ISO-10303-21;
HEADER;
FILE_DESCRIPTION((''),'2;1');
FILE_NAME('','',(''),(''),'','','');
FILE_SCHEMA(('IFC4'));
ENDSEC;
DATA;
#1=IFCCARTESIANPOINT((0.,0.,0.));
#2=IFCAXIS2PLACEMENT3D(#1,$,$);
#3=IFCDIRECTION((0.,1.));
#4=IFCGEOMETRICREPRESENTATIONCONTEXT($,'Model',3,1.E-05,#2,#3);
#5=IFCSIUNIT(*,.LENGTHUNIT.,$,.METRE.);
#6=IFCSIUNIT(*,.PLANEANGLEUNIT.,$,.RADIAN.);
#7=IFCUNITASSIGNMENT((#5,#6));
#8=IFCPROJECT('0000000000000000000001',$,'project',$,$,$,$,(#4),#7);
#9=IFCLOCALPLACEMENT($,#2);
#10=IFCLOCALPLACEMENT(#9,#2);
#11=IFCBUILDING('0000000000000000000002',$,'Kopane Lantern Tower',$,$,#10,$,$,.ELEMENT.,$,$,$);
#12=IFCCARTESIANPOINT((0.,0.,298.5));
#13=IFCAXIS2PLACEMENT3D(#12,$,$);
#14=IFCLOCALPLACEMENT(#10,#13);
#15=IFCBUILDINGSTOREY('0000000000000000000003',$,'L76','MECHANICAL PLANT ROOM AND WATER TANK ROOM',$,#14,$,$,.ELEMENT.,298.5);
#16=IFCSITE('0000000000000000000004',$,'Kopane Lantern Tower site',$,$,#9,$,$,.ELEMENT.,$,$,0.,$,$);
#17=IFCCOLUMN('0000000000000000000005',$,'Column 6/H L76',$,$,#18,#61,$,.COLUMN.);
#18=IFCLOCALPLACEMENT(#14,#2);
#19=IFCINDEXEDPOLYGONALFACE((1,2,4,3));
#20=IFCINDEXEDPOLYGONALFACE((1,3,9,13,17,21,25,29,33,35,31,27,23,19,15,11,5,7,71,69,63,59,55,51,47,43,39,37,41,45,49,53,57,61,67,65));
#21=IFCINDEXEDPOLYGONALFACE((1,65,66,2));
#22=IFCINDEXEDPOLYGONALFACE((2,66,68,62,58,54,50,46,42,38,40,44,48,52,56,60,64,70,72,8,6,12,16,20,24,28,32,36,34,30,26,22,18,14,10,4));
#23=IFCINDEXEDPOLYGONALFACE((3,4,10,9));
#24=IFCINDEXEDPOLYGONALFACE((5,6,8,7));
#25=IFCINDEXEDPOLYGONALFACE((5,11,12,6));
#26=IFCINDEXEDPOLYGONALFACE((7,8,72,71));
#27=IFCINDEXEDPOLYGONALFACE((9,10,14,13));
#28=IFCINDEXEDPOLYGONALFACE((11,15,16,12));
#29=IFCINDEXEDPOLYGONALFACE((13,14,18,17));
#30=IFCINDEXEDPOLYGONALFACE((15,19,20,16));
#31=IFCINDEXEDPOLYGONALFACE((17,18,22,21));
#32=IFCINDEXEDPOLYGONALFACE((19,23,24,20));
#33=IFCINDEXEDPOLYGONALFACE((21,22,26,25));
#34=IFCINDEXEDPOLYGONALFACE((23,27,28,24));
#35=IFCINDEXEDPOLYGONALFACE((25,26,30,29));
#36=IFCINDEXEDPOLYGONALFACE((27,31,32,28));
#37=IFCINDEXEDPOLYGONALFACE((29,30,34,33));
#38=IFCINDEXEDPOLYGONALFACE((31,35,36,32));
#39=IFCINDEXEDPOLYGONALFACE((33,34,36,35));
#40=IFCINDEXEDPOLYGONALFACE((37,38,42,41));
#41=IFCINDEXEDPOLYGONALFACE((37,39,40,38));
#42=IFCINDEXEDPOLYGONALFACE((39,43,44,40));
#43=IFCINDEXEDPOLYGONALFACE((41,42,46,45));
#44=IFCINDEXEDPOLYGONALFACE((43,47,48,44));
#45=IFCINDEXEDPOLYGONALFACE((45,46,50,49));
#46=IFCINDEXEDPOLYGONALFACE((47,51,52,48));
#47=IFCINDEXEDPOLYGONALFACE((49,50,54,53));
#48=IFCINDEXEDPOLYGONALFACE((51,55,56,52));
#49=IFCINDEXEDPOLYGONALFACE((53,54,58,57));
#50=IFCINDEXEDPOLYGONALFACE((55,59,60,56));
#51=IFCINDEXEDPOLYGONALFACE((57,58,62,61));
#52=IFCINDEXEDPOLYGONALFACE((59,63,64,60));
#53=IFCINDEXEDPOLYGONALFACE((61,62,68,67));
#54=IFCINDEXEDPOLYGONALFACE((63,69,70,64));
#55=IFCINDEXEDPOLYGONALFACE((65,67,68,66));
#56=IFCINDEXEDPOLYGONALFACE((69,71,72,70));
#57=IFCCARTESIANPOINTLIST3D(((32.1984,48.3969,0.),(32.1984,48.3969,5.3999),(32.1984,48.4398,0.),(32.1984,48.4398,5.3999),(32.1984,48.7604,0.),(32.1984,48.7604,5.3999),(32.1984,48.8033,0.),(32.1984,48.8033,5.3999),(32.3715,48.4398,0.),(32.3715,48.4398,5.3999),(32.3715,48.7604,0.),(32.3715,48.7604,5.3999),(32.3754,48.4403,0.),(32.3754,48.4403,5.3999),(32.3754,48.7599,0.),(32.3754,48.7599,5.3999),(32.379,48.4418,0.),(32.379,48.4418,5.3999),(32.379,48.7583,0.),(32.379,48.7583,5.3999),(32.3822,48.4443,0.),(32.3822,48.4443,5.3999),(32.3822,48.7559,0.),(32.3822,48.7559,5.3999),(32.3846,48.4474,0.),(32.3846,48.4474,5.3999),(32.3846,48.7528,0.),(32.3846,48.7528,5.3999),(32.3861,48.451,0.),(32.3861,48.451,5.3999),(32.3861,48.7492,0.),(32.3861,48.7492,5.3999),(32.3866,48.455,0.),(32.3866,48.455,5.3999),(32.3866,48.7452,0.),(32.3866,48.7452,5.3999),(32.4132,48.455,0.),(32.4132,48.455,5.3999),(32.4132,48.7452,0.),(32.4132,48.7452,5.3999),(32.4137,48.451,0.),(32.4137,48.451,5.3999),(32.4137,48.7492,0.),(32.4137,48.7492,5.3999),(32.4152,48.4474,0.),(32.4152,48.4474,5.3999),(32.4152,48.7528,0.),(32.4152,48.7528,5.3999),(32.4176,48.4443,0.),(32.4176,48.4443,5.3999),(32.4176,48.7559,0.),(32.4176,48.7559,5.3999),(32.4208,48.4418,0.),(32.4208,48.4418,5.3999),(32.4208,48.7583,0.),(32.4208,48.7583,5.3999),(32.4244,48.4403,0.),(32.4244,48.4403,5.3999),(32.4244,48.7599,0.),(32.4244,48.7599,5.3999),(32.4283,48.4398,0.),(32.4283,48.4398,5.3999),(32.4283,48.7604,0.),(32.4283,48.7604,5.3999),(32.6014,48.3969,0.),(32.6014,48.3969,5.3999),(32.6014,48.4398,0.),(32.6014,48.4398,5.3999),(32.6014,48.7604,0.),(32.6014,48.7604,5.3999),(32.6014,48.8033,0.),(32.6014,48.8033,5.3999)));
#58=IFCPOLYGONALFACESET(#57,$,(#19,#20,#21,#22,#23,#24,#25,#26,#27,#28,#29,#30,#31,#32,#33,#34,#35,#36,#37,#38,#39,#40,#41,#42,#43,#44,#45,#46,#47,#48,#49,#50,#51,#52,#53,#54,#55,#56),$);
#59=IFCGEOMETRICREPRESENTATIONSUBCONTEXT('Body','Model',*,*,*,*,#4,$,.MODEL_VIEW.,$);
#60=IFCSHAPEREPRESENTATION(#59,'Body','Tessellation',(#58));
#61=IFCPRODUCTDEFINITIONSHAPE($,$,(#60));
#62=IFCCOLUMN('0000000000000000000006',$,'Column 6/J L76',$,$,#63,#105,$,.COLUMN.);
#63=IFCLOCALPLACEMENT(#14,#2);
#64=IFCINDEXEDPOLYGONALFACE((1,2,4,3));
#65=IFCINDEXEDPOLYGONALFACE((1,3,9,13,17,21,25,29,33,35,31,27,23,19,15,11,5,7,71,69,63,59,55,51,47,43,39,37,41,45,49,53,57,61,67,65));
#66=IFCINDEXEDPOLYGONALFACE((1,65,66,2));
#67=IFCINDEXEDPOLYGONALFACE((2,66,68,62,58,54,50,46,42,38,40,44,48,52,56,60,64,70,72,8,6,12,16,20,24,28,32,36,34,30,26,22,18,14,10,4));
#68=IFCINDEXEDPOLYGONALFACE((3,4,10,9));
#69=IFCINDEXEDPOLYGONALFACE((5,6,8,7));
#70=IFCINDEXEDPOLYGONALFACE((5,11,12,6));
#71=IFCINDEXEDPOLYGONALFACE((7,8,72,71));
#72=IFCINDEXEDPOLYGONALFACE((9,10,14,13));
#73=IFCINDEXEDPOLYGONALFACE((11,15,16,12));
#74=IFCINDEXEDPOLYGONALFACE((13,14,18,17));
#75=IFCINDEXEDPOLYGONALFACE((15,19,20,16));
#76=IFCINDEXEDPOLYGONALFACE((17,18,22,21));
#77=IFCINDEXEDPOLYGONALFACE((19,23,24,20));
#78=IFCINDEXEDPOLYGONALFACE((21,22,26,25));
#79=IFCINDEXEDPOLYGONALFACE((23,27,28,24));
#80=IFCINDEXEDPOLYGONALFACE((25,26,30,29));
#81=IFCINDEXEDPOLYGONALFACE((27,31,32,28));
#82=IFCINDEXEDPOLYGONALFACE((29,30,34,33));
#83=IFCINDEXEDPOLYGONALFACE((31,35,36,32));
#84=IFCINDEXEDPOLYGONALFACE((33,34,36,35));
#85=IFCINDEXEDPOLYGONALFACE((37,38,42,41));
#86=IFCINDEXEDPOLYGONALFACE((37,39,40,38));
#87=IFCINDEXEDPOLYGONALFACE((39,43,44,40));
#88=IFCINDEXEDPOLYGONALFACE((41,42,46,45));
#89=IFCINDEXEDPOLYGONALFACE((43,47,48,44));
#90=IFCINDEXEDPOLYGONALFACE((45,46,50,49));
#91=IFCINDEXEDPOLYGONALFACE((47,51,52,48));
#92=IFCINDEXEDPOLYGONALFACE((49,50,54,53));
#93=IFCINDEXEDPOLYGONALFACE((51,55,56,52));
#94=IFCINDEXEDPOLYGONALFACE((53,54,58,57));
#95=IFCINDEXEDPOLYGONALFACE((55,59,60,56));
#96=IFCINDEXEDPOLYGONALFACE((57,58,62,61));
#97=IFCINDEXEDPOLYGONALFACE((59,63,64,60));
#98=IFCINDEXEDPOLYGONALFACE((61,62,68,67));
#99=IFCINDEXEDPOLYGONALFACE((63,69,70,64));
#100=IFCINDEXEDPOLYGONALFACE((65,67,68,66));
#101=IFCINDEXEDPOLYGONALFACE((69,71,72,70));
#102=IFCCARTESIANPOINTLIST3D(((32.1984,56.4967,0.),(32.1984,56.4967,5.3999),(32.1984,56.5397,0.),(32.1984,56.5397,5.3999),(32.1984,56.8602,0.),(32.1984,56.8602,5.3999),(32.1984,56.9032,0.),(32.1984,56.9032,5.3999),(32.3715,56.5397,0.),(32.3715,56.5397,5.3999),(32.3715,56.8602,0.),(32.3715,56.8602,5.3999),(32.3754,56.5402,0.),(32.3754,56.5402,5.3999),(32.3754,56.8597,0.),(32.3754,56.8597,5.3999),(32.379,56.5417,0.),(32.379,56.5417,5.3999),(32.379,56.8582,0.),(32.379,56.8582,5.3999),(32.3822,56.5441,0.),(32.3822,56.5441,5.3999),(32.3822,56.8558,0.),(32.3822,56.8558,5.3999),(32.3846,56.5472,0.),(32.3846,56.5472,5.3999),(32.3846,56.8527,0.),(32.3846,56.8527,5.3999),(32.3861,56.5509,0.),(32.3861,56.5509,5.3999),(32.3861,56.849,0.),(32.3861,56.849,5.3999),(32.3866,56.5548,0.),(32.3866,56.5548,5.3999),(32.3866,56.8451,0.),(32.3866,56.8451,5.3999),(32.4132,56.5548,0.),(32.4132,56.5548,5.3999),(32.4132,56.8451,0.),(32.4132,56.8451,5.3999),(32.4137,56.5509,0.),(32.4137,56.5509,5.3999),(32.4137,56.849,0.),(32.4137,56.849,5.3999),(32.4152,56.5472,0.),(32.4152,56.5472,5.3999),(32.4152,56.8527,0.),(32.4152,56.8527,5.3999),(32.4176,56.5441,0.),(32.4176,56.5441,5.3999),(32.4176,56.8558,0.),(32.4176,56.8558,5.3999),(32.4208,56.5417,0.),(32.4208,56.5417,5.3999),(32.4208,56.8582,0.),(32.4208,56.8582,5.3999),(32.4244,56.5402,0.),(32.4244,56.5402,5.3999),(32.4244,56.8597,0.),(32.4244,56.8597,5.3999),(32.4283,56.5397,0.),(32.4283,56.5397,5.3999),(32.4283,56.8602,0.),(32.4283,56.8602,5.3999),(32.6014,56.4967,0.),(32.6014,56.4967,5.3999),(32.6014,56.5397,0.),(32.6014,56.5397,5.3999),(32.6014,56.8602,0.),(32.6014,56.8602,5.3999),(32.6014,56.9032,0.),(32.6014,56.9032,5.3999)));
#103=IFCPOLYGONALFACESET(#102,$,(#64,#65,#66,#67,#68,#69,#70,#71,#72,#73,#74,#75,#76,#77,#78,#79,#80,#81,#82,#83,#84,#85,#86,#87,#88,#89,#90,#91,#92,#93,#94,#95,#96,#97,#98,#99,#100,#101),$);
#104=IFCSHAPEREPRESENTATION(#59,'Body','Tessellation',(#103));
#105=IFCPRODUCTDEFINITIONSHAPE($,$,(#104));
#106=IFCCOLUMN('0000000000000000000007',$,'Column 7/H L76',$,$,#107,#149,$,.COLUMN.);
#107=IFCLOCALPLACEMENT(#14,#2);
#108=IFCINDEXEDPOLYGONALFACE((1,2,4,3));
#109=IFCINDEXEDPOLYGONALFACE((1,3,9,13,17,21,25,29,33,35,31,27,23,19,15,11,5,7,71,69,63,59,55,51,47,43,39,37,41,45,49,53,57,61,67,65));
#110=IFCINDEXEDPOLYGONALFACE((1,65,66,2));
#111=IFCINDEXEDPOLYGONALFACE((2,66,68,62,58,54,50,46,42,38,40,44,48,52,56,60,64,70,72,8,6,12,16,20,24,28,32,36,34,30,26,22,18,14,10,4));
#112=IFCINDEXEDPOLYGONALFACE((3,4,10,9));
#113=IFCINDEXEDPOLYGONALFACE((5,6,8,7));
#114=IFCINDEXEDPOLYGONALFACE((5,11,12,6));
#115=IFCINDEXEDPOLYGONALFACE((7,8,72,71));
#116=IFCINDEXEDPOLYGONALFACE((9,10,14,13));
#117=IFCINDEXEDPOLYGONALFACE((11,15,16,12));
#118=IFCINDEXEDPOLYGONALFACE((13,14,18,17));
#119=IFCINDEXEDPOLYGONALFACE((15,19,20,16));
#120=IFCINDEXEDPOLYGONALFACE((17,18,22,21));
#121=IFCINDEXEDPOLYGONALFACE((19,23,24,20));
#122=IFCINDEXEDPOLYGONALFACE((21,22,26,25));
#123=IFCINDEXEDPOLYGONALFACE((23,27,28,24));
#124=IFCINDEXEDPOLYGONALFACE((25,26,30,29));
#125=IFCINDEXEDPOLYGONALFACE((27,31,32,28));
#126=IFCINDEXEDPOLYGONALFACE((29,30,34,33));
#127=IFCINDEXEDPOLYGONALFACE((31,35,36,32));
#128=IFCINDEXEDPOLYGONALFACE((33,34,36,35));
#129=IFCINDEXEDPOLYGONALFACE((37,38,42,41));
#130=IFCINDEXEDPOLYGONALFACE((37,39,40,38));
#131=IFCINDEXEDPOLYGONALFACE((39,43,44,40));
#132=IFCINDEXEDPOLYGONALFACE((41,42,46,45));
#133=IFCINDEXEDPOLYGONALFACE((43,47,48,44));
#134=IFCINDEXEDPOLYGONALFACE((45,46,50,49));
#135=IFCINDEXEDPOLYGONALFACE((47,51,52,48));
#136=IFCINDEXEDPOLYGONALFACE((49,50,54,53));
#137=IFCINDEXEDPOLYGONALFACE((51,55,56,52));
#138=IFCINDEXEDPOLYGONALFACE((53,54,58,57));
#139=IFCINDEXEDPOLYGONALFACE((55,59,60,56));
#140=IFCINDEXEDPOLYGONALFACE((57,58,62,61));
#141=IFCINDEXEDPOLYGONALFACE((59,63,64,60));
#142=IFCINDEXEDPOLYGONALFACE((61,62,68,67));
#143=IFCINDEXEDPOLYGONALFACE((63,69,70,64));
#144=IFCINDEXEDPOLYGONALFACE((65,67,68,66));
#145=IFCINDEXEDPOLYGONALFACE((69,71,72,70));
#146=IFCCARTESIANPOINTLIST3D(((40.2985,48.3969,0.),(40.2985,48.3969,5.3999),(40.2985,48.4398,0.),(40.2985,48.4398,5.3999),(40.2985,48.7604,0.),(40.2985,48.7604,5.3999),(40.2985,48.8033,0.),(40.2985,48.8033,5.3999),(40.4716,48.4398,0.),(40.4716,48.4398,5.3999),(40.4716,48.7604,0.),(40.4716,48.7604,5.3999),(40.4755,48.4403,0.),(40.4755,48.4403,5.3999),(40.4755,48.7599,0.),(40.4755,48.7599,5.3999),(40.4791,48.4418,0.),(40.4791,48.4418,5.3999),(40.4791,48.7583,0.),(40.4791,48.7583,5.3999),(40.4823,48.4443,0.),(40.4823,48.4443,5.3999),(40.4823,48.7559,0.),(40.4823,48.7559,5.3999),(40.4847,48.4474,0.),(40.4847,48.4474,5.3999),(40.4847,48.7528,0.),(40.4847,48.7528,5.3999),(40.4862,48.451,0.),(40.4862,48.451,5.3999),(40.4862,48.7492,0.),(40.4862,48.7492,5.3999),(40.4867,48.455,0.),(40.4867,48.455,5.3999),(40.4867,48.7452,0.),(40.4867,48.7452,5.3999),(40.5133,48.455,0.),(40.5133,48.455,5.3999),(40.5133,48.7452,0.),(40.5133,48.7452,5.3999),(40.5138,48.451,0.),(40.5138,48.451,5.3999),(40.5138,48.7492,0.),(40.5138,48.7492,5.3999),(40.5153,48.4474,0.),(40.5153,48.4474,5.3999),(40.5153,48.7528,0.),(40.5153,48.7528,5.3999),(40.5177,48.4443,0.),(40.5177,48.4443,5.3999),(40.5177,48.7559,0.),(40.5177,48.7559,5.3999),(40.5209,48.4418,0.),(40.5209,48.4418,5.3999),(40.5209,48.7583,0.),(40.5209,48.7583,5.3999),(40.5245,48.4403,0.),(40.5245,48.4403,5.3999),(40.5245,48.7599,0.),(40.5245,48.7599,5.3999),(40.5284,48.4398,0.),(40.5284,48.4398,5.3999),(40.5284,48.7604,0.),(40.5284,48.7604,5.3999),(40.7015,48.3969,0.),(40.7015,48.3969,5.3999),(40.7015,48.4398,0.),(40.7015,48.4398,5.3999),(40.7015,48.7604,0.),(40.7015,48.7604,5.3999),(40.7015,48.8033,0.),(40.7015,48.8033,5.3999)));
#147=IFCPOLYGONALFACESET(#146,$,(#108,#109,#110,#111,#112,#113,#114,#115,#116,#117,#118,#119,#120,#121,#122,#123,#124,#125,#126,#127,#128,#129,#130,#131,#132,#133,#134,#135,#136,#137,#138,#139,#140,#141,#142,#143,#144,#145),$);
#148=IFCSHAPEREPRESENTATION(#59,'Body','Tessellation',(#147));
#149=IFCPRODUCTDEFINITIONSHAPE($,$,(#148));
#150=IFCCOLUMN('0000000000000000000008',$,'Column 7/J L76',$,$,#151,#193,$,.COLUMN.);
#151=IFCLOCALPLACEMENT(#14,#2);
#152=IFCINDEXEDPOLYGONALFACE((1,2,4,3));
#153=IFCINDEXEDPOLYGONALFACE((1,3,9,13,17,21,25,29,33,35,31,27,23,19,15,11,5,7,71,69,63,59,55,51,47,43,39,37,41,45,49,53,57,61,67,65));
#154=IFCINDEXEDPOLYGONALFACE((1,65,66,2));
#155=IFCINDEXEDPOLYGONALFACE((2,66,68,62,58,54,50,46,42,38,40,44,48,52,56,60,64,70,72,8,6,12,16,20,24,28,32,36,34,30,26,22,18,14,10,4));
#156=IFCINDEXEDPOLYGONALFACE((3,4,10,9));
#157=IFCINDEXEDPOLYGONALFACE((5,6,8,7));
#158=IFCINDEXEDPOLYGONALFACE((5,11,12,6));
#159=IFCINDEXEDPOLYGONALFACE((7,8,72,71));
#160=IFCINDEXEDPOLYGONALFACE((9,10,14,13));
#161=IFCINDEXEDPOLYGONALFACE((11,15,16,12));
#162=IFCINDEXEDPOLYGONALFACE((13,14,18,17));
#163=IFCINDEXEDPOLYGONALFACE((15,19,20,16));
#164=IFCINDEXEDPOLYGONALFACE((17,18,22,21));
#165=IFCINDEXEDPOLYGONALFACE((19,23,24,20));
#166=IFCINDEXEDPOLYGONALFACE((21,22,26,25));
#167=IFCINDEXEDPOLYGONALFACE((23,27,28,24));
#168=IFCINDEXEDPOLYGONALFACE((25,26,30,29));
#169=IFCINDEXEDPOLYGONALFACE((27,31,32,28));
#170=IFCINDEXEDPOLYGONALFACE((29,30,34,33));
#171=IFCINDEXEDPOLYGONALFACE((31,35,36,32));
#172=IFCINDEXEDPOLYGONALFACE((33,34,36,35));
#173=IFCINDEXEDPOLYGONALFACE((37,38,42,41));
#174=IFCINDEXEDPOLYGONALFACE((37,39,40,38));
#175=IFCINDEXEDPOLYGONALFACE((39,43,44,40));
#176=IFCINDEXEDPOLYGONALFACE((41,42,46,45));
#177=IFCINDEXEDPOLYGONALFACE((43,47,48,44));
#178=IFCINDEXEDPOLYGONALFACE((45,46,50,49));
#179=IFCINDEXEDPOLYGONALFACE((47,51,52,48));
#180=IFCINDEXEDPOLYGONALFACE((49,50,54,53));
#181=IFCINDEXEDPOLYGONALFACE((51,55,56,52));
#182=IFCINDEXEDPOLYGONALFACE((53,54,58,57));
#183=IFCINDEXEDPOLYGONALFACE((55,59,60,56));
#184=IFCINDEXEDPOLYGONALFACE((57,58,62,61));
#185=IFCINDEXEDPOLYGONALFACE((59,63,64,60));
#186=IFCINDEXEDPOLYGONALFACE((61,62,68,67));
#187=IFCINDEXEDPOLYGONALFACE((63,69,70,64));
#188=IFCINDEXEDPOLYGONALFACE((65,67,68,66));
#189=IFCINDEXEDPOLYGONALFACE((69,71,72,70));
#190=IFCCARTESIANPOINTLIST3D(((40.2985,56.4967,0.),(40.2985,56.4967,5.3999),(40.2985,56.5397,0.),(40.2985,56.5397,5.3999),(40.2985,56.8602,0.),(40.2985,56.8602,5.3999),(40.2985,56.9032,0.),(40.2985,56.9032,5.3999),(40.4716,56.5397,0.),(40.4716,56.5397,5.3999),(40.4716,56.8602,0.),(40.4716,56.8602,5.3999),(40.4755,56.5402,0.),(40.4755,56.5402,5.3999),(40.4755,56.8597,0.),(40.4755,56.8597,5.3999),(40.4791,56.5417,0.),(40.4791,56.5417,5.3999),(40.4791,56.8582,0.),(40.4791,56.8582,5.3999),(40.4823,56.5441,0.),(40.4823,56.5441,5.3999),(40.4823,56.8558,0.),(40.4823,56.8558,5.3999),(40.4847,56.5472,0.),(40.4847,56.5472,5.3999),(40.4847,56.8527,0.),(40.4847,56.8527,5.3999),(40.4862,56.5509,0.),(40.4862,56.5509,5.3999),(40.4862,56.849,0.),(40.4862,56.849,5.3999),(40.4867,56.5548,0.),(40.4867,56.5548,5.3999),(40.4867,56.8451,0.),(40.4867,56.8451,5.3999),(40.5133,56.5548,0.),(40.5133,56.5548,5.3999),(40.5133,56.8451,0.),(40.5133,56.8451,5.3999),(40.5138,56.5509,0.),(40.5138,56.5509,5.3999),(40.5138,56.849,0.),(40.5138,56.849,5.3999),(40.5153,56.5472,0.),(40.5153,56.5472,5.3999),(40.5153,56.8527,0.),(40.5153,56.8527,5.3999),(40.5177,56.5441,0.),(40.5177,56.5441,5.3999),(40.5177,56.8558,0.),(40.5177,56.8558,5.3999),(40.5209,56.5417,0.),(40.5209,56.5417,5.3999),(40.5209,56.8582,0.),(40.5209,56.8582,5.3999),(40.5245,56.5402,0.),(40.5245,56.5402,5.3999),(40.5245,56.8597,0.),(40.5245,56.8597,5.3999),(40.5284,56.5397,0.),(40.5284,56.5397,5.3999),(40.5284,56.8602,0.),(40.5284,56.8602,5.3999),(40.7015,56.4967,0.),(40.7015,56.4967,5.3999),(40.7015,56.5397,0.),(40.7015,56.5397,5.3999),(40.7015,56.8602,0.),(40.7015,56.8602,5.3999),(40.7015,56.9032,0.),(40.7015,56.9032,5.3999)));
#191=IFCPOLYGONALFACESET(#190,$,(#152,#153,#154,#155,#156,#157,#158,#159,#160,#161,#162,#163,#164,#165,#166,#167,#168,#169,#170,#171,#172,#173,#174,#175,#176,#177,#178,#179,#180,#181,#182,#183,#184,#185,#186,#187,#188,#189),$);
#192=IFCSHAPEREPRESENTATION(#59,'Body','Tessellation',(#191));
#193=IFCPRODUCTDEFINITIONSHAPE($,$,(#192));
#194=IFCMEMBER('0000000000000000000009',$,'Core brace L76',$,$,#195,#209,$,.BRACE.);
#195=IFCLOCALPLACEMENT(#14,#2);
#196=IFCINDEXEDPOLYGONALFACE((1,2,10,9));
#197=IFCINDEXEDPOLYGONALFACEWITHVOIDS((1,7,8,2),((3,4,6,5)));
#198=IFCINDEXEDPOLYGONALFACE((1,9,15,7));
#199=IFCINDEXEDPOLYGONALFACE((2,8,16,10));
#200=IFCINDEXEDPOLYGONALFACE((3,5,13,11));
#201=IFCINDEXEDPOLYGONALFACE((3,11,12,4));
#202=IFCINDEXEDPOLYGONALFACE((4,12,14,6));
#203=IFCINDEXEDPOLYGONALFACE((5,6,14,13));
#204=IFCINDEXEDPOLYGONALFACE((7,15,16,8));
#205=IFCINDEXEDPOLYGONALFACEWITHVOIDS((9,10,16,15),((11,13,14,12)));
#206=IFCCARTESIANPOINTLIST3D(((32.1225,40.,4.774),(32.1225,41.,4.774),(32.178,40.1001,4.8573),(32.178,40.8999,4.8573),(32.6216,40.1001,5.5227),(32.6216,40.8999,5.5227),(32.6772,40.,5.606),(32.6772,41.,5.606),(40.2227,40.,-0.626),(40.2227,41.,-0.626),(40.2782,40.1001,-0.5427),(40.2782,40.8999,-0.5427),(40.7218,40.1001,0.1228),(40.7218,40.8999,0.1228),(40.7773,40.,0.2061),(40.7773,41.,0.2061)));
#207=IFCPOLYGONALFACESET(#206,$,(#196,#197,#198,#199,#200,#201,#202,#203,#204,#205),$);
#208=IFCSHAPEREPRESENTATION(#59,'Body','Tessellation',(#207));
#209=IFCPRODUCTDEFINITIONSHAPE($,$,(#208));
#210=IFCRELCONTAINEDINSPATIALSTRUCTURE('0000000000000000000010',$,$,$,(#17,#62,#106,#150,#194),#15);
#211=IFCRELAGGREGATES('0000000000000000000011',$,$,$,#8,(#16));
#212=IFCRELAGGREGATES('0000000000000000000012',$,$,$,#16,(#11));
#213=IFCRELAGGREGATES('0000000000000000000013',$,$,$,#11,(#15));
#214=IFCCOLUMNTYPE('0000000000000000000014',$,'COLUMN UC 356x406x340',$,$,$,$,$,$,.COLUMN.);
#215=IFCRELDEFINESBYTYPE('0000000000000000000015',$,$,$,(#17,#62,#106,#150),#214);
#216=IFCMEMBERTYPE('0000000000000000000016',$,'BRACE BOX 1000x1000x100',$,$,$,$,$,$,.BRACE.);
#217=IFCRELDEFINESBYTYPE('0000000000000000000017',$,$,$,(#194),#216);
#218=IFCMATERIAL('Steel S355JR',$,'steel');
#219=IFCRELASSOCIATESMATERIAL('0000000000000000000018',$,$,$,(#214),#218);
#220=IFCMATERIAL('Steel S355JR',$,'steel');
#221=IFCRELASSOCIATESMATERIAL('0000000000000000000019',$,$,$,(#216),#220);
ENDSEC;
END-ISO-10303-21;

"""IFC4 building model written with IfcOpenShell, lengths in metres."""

from ifc_helpers import new_model, si_unit, direction, frame, origin, origin_2d, place, context, subcontext, project, spatial, hollow_rectangle, i_section, extrude, material, material_profile, profile_set, type_object, element, save


model = new_model("IFC4")

# Units and contexts
model_context = context("Model", 3, precision=1e-05, world=origin(), true_north=direction((0.0, 1.0)))
body_context = subcontext(model_context, "Body", "Model", "MODEL_VIEW")
ifc_project = project(units=[si_unit("LENGTHUNIT", "METRE"), si_unit("PLANEANGLEUNIT", "RADIAN")], contexts=[model_context])

# Site, building, storey
site_placement = place(None, origin())
site = spatial("IfcSite", under=ifc_project, at=site_placement, Name="Kopane Lantern Tower site", CompositionType="ELEMENT", RefElevation=0.0)
building_placement = place(site_placement, origin())
building = spatial("IfcBuilding", under=site, at=building_placement, Name="Kopane Lantern Tower", CompositionType="ELEMENT")
storey_placement = place(building_placement, frame((0.0, 0.0, 298.5)))
storey = spatial("IfcBuildingStorey", under=building, at=storey_placement, Name="L76", Description="MECHANICAL PLANT ROOM AND WATER TANK ROOM", CompositionType="ELEMENT", Elevation=298.5)

# Columns
ifc_material_1 = material(Name="Steel S355JR", Category="steel")
ifc_material_profile_1 = material_profile(ifc_material_1, i_section(OverallWidth=0.4031, OverallDepth=0.4065, WebThickness=0.0266, FlangeThickness=0.043, FilletRadius=0.0151, at=origin_2d()), Name="UC 356x406x340")
ifc_profile_set_1 = profile_set([ifc_material_profile_1], Name="Steel S355JR")
column_type = type_object("IfcColumnType", Name="COLUMN UC 356x406x340", PredefinedType="COLUMN", material=ifc_profile_set_1)
for number, where, z_axis, x_axis, name in (
    (1, (32.3999, 48.6001, 0.0), (0.0, 0.0, 1.0), (1.0, 0.0, 0.0), "Column 6/H L76"),
    (2, (32.3999, 56.7, 0.0), (0.0, 0.0, 1.0), (1.0, 0.0, 0.0), "Column 6/J L76"),
    (3, (40.5, 48.6001, 0.0), (0.0, 0.0, 1.0), (1.0, 0.0, 0.0), "Column 7/H L76"),
    (4, (40.5, 56.7, 0.0), (0.0, 0.0, 1.0), (1.0, 0.0, 0.0), "Column 7/J L76"),
):
    element("IfcColumn", number, at=place(storey_placement, frame(where, z_axis=z_axis, x_axis=x_axis)), inside=storey, type_object=column_type, Name=name, PredefinedType="COLUMN", context=body_context, shape_type="SweptSolid", body=[
        extrude(i_section(OverallWidth=0.4031, OverallDepth=0.4065, WebThickness=0.0266, FlangeThickness=0.043, FilletRadius=0.0151, at=origin_2d()), origin(), (0.0, 0.0, 1.0), 5.3999),
    ])

# Member
ifc_material_2 = material(Name="Steel S355JR", Category="steel")
ifc_material_profile_2 = material_profile(ifc_material_2, hollow_rectangle(XDim=1.0, YDim=1.0, WallThickness=0.1001, at=origin_2d()), Name="BOX 1000x1000x100")
ifc_profile_set_2 = profile_set([ifc_material_profile_2], Name="Steel S355JR")
member_type_1 = type_object("IfcMemberType", Name="BRACE BOX 1000x1000x100", PredefinedType="BRACE", material=ifc_profile_set_2)
member_1_placement = place(storey_placement, frame((40.5, 40.5, -0.21), z_axis=(-0.832058, 0.0, 0.554689), x_axis=(0.0, -1.0, 0.0)))
element("IfcMember", 5, at=member_1_placement, inside=storey, type_object=member_type_1, Name="Core brace L76", PredefinedType="BRACE", context=body_context, shape_type="SweptSolid", body=[
    extrude(hollow_rectangle(XDim=1.0, YDim=1.0, WallThickness=0.1001, at=origin_2d()), origin(), (0.0, 0.0, 1.0), 9.7351),
])

save(model, "model.ifc")
